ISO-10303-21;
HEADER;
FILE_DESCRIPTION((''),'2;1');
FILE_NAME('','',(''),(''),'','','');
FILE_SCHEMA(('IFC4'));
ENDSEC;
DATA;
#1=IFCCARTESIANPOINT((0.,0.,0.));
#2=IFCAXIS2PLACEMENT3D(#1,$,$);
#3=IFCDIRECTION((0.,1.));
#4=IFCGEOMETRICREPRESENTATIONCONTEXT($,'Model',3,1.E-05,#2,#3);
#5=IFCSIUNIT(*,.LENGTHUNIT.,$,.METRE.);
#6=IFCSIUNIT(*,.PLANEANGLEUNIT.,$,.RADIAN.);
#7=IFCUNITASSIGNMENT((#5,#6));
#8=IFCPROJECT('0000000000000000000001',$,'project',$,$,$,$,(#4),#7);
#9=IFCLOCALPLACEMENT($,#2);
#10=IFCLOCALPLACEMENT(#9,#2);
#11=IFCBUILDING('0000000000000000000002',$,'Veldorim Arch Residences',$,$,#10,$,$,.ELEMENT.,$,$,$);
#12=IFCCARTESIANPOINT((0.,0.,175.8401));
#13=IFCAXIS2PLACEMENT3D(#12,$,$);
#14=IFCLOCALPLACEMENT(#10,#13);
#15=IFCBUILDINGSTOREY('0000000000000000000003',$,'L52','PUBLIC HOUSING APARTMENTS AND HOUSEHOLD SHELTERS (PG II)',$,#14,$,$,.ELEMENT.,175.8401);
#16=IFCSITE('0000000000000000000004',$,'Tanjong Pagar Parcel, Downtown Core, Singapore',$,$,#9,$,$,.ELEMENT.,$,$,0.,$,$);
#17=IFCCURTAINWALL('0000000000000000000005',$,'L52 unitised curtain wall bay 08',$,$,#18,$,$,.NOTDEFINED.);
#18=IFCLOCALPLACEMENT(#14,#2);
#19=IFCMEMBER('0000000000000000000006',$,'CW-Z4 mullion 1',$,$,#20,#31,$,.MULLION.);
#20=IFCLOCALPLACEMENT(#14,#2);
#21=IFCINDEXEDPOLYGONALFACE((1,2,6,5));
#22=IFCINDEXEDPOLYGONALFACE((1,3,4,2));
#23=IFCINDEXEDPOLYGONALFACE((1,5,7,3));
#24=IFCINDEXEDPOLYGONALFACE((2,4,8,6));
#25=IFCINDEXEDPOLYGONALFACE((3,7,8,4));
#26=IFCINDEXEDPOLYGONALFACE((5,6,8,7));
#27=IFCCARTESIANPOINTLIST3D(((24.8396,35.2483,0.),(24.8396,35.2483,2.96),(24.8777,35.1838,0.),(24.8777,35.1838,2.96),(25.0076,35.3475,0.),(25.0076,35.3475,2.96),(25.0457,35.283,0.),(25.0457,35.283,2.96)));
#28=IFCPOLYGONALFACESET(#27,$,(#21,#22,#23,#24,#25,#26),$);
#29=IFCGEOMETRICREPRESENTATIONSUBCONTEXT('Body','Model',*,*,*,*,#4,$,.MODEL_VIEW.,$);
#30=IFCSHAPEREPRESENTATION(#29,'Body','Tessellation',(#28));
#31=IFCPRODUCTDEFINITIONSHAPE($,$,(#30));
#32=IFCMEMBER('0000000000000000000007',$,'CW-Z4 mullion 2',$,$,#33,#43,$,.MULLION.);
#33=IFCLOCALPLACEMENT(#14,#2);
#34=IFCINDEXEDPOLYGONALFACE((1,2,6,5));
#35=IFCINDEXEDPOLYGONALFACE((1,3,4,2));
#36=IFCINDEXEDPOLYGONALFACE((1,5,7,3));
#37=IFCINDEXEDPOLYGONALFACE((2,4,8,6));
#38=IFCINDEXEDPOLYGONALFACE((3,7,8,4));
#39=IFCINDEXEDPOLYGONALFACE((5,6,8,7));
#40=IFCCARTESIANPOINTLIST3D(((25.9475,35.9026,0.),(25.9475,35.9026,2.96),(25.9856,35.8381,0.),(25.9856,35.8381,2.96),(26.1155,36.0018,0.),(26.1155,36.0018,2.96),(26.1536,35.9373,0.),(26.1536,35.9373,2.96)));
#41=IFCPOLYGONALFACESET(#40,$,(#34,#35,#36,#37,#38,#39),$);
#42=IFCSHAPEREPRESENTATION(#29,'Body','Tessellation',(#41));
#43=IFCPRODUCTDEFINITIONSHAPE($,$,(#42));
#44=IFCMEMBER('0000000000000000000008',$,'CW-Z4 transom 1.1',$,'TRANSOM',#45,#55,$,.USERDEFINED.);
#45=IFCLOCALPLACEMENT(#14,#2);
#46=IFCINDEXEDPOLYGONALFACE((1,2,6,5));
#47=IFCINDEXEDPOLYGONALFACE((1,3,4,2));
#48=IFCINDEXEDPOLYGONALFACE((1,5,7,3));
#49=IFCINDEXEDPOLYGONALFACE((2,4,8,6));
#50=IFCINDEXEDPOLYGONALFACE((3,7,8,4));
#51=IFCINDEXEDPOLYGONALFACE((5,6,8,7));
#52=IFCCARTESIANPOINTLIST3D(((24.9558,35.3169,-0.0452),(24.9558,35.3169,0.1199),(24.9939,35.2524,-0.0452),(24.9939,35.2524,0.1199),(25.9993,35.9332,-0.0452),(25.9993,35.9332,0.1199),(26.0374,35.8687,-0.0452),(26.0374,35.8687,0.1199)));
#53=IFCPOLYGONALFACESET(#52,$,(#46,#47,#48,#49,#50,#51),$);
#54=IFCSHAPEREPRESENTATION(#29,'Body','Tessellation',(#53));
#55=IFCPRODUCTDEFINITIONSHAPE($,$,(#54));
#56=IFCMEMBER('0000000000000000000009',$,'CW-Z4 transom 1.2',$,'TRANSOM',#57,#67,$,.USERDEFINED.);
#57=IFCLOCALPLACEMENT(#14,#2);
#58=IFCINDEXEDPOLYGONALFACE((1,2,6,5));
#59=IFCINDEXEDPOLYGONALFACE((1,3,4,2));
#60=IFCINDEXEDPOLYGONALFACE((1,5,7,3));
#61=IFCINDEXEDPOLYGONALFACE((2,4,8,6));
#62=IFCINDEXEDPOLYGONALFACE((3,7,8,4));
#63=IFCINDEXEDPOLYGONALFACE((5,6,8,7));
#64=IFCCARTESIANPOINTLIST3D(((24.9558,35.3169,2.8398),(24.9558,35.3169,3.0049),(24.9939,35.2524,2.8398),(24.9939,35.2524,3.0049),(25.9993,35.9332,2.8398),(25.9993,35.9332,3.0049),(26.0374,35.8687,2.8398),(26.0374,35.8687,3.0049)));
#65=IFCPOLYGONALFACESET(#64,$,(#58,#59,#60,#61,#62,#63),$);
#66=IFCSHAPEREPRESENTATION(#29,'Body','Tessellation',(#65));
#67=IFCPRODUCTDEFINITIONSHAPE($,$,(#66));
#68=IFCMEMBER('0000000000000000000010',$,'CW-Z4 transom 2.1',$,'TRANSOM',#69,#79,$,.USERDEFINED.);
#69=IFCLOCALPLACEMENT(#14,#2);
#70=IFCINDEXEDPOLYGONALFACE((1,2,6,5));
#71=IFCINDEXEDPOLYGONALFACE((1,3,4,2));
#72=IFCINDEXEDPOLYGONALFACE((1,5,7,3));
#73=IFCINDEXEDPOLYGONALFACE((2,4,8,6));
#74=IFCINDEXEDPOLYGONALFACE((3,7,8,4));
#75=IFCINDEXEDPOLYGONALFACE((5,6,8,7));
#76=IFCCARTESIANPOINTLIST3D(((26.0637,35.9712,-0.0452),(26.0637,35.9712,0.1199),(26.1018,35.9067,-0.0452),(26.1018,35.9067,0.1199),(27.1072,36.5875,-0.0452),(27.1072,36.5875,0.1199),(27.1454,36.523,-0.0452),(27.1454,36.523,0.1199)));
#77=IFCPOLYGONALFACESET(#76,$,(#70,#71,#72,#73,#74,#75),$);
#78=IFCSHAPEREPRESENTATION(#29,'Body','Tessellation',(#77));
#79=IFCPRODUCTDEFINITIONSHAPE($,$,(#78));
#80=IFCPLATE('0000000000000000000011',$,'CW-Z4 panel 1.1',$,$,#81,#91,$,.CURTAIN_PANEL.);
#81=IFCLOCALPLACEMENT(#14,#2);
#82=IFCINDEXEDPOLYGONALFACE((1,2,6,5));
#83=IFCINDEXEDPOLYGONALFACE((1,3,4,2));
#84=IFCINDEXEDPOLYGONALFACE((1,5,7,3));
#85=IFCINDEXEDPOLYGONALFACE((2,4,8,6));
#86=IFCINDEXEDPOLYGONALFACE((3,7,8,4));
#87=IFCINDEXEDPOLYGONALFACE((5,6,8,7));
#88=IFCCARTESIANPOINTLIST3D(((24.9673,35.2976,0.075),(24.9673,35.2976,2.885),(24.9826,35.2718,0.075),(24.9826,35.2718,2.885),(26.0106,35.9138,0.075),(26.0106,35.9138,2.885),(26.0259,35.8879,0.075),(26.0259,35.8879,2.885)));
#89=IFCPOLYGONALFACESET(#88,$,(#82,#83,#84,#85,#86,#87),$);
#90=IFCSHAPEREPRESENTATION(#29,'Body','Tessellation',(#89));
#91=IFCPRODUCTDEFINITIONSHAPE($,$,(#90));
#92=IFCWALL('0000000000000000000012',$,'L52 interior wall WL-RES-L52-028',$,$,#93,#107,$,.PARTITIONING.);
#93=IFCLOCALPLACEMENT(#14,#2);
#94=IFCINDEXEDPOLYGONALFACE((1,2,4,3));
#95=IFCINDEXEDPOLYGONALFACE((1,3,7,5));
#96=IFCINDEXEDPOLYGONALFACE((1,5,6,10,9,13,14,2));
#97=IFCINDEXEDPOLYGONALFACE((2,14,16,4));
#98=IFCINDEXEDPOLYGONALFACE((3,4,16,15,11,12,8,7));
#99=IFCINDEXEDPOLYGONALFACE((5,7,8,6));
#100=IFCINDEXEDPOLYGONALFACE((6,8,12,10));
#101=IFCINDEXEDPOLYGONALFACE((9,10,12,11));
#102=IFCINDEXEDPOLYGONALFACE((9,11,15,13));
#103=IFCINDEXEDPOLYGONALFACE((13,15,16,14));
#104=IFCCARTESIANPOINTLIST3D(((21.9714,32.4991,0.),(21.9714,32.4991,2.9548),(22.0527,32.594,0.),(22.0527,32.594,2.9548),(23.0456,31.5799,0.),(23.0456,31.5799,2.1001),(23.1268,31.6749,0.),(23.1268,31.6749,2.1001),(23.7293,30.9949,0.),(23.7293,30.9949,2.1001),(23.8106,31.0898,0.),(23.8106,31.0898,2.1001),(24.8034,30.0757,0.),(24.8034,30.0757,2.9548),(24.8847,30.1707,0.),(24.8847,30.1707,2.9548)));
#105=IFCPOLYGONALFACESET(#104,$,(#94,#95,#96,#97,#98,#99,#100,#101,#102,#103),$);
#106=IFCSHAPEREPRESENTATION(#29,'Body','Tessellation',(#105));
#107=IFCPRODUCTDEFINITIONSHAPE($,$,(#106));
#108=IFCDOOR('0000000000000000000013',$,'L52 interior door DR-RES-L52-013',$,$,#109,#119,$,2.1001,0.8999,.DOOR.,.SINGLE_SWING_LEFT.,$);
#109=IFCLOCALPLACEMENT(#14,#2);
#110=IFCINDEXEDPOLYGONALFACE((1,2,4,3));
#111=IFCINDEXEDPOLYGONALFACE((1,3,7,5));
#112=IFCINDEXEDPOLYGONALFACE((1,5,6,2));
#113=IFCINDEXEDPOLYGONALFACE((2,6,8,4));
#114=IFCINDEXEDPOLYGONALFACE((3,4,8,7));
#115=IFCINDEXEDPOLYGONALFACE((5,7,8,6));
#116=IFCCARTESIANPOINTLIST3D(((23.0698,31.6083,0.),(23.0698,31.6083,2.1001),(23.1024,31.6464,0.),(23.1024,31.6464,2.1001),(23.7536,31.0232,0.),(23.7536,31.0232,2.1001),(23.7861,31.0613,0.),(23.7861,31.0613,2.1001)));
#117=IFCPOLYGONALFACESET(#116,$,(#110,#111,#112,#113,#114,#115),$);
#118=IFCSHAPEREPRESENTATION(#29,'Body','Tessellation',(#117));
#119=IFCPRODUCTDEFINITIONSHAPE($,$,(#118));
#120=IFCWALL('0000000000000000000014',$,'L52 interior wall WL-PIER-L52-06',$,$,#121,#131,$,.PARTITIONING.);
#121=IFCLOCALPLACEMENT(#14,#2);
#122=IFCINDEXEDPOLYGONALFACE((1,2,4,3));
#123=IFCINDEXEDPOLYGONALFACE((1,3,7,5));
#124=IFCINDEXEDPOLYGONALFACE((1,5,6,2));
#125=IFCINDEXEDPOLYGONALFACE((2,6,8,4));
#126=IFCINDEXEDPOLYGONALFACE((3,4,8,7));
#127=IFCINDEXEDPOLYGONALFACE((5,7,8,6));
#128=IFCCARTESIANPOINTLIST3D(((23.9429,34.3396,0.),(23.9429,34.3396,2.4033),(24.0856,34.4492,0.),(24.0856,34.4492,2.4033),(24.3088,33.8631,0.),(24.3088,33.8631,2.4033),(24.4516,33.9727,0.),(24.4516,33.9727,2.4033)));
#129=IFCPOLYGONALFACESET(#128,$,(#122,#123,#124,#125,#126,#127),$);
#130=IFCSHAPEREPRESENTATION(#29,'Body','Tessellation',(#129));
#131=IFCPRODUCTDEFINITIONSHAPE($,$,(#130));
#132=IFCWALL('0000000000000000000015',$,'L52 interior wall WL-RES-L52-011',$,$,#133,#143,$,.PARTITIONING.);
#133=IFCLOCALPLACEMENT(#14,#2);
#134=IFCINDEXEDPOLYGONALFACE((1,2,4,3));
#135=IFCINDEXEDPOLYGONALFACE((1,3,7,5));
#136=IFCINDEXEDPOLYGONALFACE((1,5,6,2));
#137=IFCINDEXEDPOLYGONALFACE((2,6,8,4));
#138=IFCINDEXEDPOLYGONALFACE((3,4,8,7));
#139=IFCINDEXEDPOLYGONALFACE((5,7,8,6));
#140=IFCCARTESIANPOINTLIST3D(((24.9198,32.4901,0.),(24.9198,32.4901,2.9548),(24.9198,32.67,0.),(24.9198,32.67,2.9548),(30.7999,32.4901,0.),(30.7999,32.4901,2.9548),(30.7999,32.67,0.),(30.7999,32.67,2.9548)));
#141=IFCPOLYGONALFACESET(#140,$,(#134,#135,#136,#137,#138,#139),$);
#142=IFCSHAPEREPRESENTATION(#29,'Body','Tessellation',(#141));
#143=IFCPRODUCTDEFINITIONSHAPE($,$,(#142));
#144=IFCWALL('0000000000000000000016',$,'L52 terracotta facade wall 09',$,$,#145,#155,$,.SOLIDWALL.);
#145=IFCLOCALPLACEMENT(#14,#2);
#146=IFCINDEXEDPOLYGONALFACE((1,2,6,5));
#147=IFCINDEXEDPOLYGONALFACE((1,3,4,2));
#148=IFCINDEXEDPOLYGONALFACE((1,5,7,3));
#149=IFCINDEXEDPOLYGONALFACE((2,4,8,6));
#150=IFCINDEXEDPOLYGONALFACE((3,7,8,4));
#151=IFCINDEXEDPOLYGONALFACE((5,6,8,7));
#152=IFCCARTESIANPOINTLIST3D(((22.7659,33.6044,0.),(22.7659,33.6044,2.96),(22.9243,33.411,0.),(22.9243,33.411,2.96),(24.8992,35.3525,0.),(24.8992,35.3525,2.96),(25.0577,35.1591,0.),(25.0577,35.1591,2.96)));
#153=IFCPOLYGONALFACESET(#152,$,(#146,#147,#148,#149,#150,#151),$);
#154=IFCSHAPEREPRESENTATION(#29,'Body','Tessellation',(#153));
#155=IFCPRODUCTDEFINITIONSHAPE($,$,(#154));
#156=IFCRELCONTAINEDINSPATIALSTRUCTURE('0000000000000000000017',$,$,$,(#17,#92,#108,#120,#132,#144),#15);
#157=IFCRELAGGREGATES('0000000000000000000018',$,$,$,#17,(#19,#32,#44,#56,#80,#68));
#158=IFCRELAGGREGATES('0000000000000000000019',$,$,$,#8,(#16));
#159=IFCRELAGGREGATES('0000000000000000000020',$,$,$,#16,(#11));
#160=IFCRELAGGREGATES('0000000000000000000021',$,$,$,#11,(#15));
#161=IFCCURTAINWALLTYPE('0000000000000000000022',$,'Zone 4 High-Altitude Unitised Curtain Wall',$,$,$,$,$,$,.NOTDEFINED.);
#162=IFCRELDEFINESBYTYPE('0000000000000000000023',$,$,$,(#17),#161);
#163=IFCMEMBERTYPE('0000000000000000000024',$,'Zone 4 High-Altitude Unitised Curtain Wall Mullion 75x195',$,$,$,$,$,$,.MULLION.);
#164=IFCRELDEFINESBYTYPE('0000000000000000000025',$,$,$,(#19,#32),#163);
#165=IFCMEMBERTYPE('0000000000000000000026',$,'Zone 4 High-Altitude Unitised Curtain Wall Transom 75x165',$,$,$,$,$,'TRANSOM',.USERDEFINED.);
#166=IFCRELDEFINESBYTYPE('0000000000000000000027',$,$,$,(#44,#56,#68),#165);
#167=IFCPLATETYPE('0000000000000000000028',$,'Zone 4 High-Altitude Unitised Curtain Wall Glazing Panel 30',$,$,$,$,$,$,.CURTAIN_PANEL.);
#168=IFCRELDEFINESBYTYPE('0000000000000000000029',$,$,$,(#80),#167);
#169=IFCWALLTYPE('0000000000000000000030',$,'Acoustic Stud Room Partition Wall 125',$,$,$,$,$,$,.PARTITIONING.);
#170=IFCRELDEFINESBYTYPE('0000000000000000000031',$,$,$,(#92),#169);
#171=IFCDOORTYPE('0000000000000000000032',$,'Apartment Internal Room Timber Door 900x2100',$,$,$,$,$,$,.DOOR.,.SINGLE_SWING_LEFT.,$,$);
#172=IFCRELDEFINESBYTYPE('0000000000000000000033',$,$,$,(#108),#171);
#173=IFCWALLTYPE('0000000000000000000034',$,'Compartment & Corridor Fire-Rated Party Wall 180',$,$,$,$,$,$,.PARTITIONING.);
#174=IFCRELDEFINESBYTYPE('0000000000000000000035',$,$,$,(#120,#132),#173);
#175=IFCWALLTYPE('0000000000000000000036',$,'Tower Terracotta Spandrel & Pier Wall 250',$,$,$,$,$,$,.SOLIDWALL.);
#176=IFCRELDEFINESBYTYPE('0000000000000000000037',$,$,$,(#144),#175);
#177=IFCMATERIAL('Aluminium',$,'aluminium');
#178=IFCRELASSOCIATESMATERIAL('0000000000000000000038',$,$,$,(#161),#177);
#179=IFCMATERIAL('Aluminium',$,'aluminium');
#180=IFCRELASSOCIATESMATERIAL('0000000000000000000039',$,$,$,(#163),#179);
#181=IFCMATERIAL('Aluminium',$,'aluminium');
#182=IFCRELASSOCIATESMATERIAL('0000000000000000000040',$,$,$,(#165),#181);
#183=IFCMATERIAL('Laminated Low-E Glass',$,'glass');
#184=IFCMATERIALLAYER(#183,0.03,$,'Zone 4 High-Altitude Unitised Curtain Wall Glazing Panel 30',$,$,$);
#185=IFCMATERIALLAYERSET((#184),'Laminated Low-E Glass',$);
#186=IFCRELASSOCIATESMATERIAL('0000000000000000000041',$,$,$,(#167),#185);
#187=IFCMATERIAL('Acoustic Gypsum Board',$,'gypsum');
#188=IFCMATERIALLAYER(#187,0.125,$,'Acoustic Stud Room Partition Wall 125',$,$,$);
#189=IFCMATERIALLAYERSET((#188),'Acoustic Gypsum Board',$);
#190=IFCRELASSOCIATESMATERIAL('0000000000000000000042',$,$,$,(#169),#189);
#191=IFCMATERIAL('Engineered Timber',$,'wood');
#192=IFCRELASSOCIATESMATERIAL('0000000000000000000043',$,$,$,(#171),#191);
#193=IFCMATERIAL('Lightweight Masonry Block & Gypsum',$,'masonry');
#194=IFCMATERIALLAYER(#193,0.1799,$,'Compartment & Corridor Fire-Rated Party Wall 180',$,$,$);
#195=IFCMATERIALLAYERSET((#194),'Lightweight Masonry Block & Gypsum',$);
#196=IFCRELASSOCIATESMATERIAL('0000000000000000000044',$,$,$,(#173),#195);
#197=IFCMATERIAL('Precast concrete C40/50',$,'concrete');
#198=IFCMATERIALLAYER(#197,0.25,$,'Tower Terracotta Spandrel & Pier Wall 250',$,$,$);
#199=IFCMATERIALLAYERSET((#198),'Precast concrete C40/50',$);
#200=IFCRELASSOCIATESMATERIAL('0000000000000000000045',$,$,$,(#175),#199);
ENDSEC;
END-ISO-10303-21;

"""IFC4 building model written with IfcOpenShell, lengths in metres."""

from ifc_helpers import new_model, si_unit, direction, frame, frame_2d, origin, origin_2d, place, context, subcontext, project, spatial, rectangle, extrude, material, layer, layer_set, material_profile, profile_set, type_object, element, fill, aggregate, save


model = new_model("IFC4")

# Units and contexts
model_context = context("Model", 3, precision=1e-05, world=origin(), true_north=direction((0.0, 1.0)))
body_context = subcontext(model_context, "Body", "Model", "MODEL_VIEW")
ifc_project = project(units=[si_unit("LENGTHUNIT", "METRE"), si_unit("PLANEANGLEUNIT", "RADIAN")], contexts=[model_context])

# Site, building, storey
site_placement = place(None, origin())
site = spatial("IfcSite", under=ifc_project, at=site_placement, Name="Tanjong Pagar Parcel, Downtown Core, Singapore", CompositionType="ELEMENT", RefElevation=0.0)
building_placement = place(site_placement, origin())
building = spatial("IfcBuilding", under=site, at=building_placement, Name="Veldorim Arch Residences", CompositionType="ELEMENT")
storey_placement = place(building_placement, frame((0.0, 0.0, 175.8401)))
storey = spatial("IfcBuildingStorey", under=building, at=storey_placement, Name="L52", Description="PUBLIC HOUSING APARTMENTS AND HOUSEHOLD SHELTERS (PG II)", CompositionType="ELEMENT", Elevation=175.8401)

# Curtain wall, members, plate
ifc_material_1 = material(Name="Aluminium", Category="aluminium")
curtain_wall_type = type_object("IfcCurtainWallType", Name="Zone 4 High-Altitude Unitised Curtain Wall", PredefinedType="NOTDEFINED", material=ifc_material_1)
curtain_wall_placement = place(storey_placement, origin())
curtain_wall = element("IfcCurtainWall", 1, at=curtain_wall_placement, inside=storey, type_object=curtain_wall_type, Name="L52 unitised curtain wall bay 08", PredefinedType="NOTDEFINED")
ifc_material_2 = material(Name="Aluminium", Category="aluminium")
ifc_material_profile_1 = material_profile(ifc_material_2, rectangle(XDim=0.075, YDim=0.1951, at=origin_2d()), Name="ALU_MUL_75x195")
ifc_profile_set_1 = profile_set([ifc_material_profile_1], Name="Aluminium")
member_type_1 = type_object("IfcMemberType", Name="Zone 4 High-Altitude Unitised Curtain Wall Mullion 75x195", PredefinedType="MULLION", material=ifc_profile_set_1)
member_1_placement = place(storey_placement, frame((24.9426, 35.2656, 0.0), z_axis=(0.0, 0.0, 1.0), x_axis=(-0.508514, 0.861054, 0.0)))
member_1 = element("IfcMember", 2, at=member_1_placement, type_object=member_type_1, Name="CW-Z4 mullion 1", PredefinedType="MULLION", context=body_context, shape_type="SweptSolid", body=[
    extrude(rectangle(XDim=0.075, YDim=0.1951, at=origin_2d()), origin(), (0.0, 0.0, 1.0), 2.96),
])
member_2_placement = place(storey_placement, frame((26.0505, 35.9199, 0.0), z_axis=(0.0, 0.0, 1.0), x_axis=(-0.508514, 0.861054, 0.0)))
member_2 = element("IfcMember", 3, at=member_2_placement, type_object=member_type_1, Name="CW-Z4 mullion 2", PredefinedType="MULLION", context=body_context, shape_type="SweptSolid", body=[
    extrude(rectangle(XDim=0.075, YDim=0.1951, at=origin_2d()), origin(), (0.0, 0.0, 1.0), 2.96),
])
ifc_material_3 = material(Name="Aluminium", Category="aluminium")
ifc_material_profile_2 = material_profile(ifc_material_3, rectangle(XDim=0.075, YDim=0.165, at=origin_2d()), Name="ALU_TRN_75x165")
ifc_profile_set_2 = profile_set([ifc_material_profile_2], Name="Aluminium")
member_type_2 = type_object("IfcMemberType", Name="Zone 4 High-Altitude Unitised Curtain Wall Transom 75x165", ElementType="TRANSOM", PredefinedType="USERDEFINED", material=ifc_profile_set_2)
member_3_placement = place(storey_placement, frame((24.9749, 35.2847, 0.0374), z_axis=(0.861063, 0.508499, 0.0), x_axis=(-0.508499, 0.861063, 0.0)))
member_3 = element("IfcMember", 4, at=member_3_placement, type_object=member_type_2, Name="CW-Z4 transom 1.1", ObjectType="TRANSOM", PredefinedType="USERDEFINED", context=body_context, shape_type="SweptSolid", body=[
    extrude(rectangle(XDim=0.075, YDim=0.165, at=origin_2d()), origin(), (0.0, 0.0, 1.0), 1.2119),
])
member_4_placement = place(storey_placement, frame((24.9749, 35.2847, 2.9224), z_axis=(0.861063, 0.508499, 0.0), x_axis=(-0.508499, 0.861063, 0.0)))
member_4 = element("IfcMember", 5, at=member_4_placement, type_object=member_type_2, Name="CW-Z4 transom 1.2", ObjectType="TRANSOM", PredefinedType="USERDEFINED", context=body_context, shape_type="SweptSolid", body=[
    extrude(rectangle(XDim=0.075, YDim=0.165, at=origin_2d()), origin(), (0.0, 0.0, 1.0), 1.2119),
])
member_5_placement = place(storey_placement, frame((26.0828, 35.939, 0.0374), z_axis=(0.861063, 0.508499, 0.0), x_axis=(-0.508499, 0.861063, 0.0)))
member_5 = element("IfcMember", 6, at=member_5_placement, type_object=member_type_2, Name="CW-Z4 transom 2.1", ObjectType="TRANSOM", PredefinedType="USERDEFINED", context=body_context, shape_type="SweptSolid", body=[
    extrude(rectangle(XDim=0.075, YDim=0.165, at=origin_2d()), origin(), (0.0, 0.0, 1.0), 1.2119),
])
ifc_material_4 = material(Name="Laminated Low-E Glass", Category="glass")
ifc_layer_1 = layer(ifc_material_4, 0.03, Name="Zone 4 High-Altitude Unitised Curtain Wall Glazing Panel 30")
ifc_layer_set_1 = layer_set([ifc_layer_1], Name="Laminated Low-E Glass")
plate_type = type_object("IfcPlateType", Name="Zone 4 High-Altitude Unitised Curtain Wall Glazing Panel 30", PredefinedType="CURTAIN_PANEL", material=ifc_layer_set_1)
plate_placement = place(storey_placement, frame((25.4966, 35.5928, 0.075), z_axis=(0.0, 0.0, 1.0), x_axis=(0.861054, 0.508514, 0.0)))
plate = element("IfcPlate", 7, at=plate_placement, type_object=plate_type, Name="CW-Z4 panel 1.1", PredefinedType="CURTAIN_PANEL", context=body_context, shape_type="SweptSolid", body=[
    extrude(rectangle(XDim=1.2117, YDim=0.03, at=origin_2d()), origin(), (0.0, 0.0, 1.0), 2.8101),
])
aggregate(curtain_wall, [member_1, member_2, member_3, member_4, plate, member_5])

# Wall, opening, door
ifc_material_5 = material(Name="Acoustic Gypsum Board", Category="gypsum")
ifc_layer_2 = layer(ifc_material_5, 0.125, Name="Acoustic Stud Room Partition Wall 125")
ifc_layer_set_2 = layer_set([ifc_layer_2], Name="Acoustic Gypsum Board")
wall_type_1 = type_object("IfcWallType", Name="Acoustic Stud Room Partition Wall 125", PredefinedType="PARTITIONING", material=ifc_layer_set_2)
wall_1_placement = place(storey_placement, frame((22.012, 32.5466, 0.0), z_axis=(0.0, 0.0, 1.0), x_axis=(0.759802, -0.650155, 0.0)))
wall_1 = element("IfcWall", 8, at=wall_1_placement, inside=storey, type_object=wall_type_1, Name="L52 interior wall WL-RES-L52-028", PredefinedType="PARTITIONING", context=body_context, shape_type="SweptSolid", body=[
    extrude(rectangle(XDim=3.7273, YDim=0.125, at=frame_2d((1.8638, 0.0))), origin(), (0.0, 0.0, 1.0), 2.9548),
])
opening_1_placement = place(wall_1_placement, frame((1.4138, 0.0, 0.0)))
opening_1 = element("IfcOpeningElement", 9, at=opening_1_placement, cuts=wall_1, PredefinedType="OPENING", context=body_context, shape_type="SweptSolid", body=[
    extrude(rectangle(XDim=0.8999, YDim=2.1001, at=frame_2d((0.45, 1.05))), frame((0.0, 0.0725, 0.0), z_axis=(0.0, -1.0, 0.0), x_axis=(1.0, 0.0, 0.0)), (0.0, 0.0, 1.0), 0.145),
])
ifc_material_6 = material(Name="Engineered Timber", Category="wood")
door_type = type_object("IfcDoorType", Name="Apartment Internal Room Timber Door 900x2100", OperationType="SINGLE_SWING_LEFT", PredefinedType="DOOR", material=ifc_material_6)
door_placement = place(opening_1_placement, origin())
door = element("IfcDoor", 10, at=door_placement, inside=storey, type_object=door_type, Name="L52 interior door DR-RES-L52-013", OperationType="SINGLE_SWING_LEFT", OverallHeight=2.1001, OverallWidth=0.8999, PredefinedType="DOOR", context=body_context, shape_type="SweptSolid", body=[
    extrude(rectangle(XDim=0.8999, YDim=2.1001, at=frame_2d((0.45, 1.05))), frame((0.0, 0.0249, 0.0), z_axis=(0.0, -1.0, 0.0), x_axis=(1.0, 0.0, 0.0)), (0.0, 0.0, 1.0), 0.05),
])
fill(opening_1, door)

# Walls
ifc_material_7 = material(Name="Lightweight Masonry Block & Gypsum", Category="masonry")
ifc_layer_3 = layer(ifc_material_7, 0.1799, Name="Compartment & Corridor Fire-Rated Party Wall 180")
ifc_layer_set_3 = layer_set([ifc_layer_3], Name="Lightweight Masonry Block & Gypsum")
wall_type_2 = type_object("IfcWallType", Name="Compartment & Corridor Fire-Rated Party Wall 180", PredefinedType="PARTITIONING", material=ifc_layer_set_3)
wall_2_placement = place(storey_placement, frame((24.3801, 33.918, 0.0), z_axis=(0.0, 0.0, 1.0), x_axis=(-0.609063, 0.793122, 0.0)))
element("IfcWall", 11, at=wall_2_placement, inside=storey, type_object=wall_type_2, Name="L52 interior wall WL-PIER-L52-06", PredefinedType="PARTITIONING", context=body_context, shape_type="SweptSolid", body=[
    extrude(rectangle(XDim=0.6008, YDim=0.1799, at=frame_2d((0.3003, 0.0))), origin(), (0.0, 0.0, 1.0), 2.4033),
])
wall_3_placement = place(storey_placement, frame((24.9199, 32.5801, 0.0), z_axis=(0.0, 0.0, 1.0), x_axis=(1.0, 0.0, 0.0)))
element("IfcWall", 12, at=wall_3_placement, inside=storey, type_object=wall_type_2, Name="L52 interior wall WL-RES-L52-011", PredefinedType="PARTITIONING", context=body_context, shape_type="SweptSolid", body=[
    extrude(rectangle(XDim=5.8801, YDim=0.1799, at=frame_2d((2.9399, 0.0))), origin(), (0.0, 0.0, 1.0), 2.9548),
])
ifc_material_8 = material(Name="Precast concrete C40/50", Category="concrete")
ifc_layer_4 = layer(ifc_material_8, 0.25, Name="Tower Terracotta Spandrel & Pier Wall 250")
ifc_layer_set_4 = layer_set([ifc_layer_4], Name="Precast concrete C40/50")
wall_type_3 = type_object("IfcWallType", Name="Tower Terracotta Spandrel & Pier Wall 250", PredefinedType="SOLIDWALL", material=ifc_layer_set_4)
wall_4_placement = place(storey_placement, frame((22.8452, 33.5078, 0.0), z_axis=(0.0, 0.0, 1.0), x_axis=(0.773492, 0.633806, 0.0)))
element("IfcWall", 13, at=wall_4_placement, inside=storey, type_object=wall_type_3, Name="L52 terracotta facade wall 09", PredefinedType="SOLIDWALL", context=body_context, shape_type="SweptSolid", body=[
    extrude(rectangle(XDim=2.7581, YDim=0.25, at=frame_2d((1.3789, 0.0))), origin(), (0.0, 0.0, 1.0), 2.96),
])

save(model, "model.ifc")
